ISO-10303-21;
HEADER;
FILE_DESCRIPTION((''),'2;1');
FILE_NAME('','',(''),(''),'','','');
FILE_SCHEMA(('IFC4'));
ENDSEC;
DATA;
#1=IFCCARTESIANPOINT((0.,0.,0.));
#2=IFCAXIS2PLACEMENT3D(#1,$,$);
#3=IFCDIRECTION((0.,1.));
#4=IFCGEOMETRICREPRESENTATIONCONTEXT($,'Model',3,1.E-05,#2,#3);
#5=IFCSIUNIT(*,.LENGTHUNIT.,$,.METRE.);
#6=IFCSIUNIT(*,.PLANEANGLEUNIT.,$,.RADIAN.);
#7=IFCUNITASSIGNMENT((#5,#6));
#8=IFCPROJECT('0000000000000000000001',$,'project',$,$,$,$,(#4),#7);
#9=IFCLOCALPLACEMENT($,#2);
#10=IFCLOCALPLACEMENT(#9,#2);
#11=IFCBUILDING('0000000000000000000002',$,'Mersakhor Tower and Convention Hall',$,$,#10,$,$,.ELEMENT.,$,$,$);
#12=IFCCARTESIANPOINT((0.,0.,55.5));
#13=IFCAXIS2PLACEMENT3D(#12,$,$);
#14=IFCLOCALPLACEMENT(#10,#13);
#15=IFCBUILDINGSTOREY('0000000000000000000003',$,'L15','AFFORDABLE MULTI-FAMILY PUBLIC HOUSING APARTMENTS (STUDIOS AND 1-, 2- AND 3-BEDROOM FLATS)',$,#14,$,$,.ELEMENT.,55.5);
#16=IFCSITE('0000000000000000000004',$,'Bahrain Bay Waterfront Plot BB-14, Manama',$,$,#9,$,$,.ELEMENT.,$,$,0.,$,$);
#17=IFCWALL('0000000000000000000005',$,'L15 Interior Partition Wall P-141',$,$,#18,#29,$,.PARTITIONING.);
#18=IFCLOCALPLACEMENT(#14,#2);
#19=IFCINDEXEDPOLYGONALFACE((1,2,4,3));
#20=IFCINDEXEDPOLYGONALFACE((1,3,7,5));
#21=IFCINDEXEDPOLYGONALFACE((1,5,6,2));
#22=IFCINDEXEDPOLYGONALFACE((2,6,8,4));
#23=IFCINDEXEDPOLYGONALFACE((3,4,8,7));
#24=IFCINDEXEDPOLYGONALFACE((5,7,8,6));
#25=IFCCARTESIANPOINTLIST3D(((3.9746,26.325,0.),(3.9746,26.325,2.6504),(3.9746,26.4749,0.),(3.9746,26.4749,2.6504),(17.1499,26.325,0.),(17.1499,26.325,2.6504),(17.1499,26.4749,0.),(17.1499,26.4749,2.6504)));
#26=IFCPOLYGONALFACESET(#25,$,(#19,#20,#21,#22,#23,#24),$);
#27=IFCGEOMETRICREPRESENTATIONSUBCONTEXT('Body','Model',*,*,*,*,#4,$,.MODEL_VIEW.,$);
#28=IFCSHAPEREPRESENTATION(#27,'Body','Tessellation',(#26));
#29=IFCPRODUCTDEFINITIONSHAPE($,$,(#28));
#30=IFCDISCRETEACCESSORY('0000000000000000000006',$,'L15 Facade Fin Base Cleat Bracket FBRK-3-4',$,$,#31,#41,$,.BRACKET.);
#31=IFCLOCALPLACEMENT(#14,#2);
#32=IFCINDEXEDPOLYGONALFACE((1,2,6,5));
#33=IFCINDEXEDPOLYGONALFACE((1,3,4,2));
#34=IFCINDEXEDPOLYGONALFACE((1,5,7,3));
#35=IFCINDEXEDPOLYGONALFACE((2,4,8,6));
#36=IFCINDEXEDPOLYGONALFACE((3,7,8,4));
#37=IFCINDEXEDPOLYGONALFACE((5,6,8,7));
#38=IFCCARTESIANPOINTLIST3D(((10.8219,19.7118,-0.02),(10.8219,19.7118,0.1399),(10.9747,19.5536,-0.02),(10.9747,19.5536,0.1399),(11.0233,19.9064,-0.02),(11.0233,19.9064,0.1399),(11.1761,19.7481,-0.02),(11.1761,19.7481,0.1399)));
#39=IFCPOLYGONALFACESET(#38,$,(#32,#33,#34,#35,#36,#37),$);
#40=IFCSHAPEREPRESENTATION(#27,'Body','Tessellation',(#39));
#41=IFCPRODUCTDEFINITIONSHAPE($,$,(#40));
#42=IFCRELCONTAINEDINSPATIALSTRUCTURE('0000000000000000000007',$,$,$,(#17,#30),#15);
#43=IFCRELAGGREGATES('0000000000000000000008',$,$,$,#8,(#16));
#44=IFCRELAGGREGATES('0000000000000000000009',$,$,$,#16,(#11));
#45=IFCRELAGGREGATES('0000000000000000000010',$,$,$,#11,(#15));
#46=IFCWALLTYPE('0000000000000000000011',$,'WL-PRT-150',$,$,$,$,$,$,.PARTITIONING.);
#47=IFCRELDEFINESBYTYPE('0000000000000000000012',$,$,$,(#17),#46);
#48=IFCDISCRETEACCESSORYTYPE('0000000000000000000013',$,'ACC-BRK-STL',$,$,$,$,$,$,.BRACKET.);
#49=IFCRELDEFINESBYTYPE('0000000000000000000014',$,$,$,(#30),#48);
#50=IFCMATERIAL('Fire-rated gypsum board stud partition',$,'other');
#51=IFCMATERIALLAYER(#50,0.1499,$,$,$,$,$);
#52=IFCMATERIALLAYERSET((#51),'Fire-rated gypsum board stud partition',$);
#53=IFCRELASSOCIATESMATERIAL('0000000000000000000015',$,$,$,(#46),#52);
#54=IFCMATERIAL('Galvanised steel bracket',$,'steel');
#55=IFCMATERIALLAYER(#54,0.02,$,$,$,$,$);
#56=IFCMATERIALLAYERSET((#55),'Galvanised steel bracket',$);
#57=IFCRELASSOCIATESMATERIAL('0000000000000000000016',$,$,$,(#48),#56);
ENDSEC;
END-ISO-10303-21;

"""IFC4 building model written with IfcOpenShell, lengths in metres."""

from ifc_helpers import new_model, si_unit, direction, frame, frame_2d, origin, origin_2d, place, context, subcontext, project, spatial, rectangle, extrude, material, layer, layer_set, type_object, element, save


model = new_model("IFC4")

# Units and contexts
model_context = context("Model", 3, precision=1e-05, world=origin(), true_north=direction((0.0, 1.0)))
body_context = subcontext(model_context, "Body", "Model", "MODEL_VIEW")
ifc_project = project(units=[si_unit("LENGTHUNIT", "METRE"), si_unit("PLANEANGLEUNIT", "RADIAN")], contexts=[model_context])

# Site, building, storey
site_placement = place(None, origin())
site = spatial("IfcSite", under=ifc_project, at=site_placement, Name="Bahrain Bay Waterfront Plot BB-14, Manama", CompositionType="ELEMENT", RefElevation=0.0)
building_placement = place(site_placement, origin())
building = spatial("IfcBuilding", under=site, at=building_placement, Name="Mersakhor Tower and Convention Hall", CompositionType="ELEMENT")
storey_placement = place(building_placement, frame((0.0, 0.0, 55.5)))
storey = spatial("IfcBuildingStorey", under=building, at=storey_placement, Name="L15", Description="AFFORDABLE MULTI-FAMILY PUBLIC HOUSING APARTMENTS (STUDIOS AND 1-, 2- AND 3-BEDROOM FLATS)", CompositionType="ELEMENT", Elevation=55.5)

# Shared definitions
ifc_material_1 = material(Name="Fire-rated gypsum board stud partition", Category="other")
ifc_layer_1 = layer(ifc_material_1, 0.1499)
ifc_layer_set_1 = layer_set([ifc_layer_1], Name="Fire-rated gypsum board stud partition")
wall_type_1 = type_object("IfcWallType", Name="WL-PRT-150", PredefinedType="PARTITIONING", material=ifc_layer_set_1)

# Wall
wall_1_placement = place(storey_placement, frame((17.1499, 26.3999, 0.0), z_axis=(0.0, 0.0, 1.0), x_axis=(-1.0, 0.0, 0.0)))
element("IfcWall", 1, at=wall_1_placement, inside=storey, type_object=wall_type_1, Name="L15 Interior Partition Wall P-141", PredefinedType="PARTITIONING", context=body_context, shape_type="SweptSolid", body=[
    extrude(rectangle(XDim=13.1753, YDim=0.1499, at=frame_2d((6.5876, 0.0))), origin(), (0.0, 0.0, 1.0), 2.6504),
])

# Discrete accessory
ifc_material_2 = material(Name="Galvanised steel bracket", Category="steel")
ifc_layer_2 = layer(ifc_material_2, 0.02)
ifc_layer_set_2 = layer_set([ifc_layer_2], Name="Galvanised steel bracket")
discrete_accessory_type = type_object("IfcDiscreteAccessoryType", Name="ACC-BRK-STL", PredefinedType="BRACKET", material=ifc_layer_set_2)
discrete_accessory_placement = place(storey_placement, frame((10.999, 19.73, -0.02), z_axis=(0.0, 0.0, 1.0), x_axis=(-0.71934, -0.694658, 0.0)))
element("IfcDiscreteAccessory", 2, at=discrete_accessory_placement, inside=storey, type_object=discrete_accessory_type, Name="L15 Facade Fin Base Cleat Bracket FBRK-3-4", PredefinedType="BRACKET", context=body_context, shape_type="SweptSolid", body=[
    extrude(rectangle(XDim=0.28, YDim=0.22, at=origin_2d()), origin(), (0.0, 0.0, 1.0), 0.1599),
])

save(model, "model.ifc")
